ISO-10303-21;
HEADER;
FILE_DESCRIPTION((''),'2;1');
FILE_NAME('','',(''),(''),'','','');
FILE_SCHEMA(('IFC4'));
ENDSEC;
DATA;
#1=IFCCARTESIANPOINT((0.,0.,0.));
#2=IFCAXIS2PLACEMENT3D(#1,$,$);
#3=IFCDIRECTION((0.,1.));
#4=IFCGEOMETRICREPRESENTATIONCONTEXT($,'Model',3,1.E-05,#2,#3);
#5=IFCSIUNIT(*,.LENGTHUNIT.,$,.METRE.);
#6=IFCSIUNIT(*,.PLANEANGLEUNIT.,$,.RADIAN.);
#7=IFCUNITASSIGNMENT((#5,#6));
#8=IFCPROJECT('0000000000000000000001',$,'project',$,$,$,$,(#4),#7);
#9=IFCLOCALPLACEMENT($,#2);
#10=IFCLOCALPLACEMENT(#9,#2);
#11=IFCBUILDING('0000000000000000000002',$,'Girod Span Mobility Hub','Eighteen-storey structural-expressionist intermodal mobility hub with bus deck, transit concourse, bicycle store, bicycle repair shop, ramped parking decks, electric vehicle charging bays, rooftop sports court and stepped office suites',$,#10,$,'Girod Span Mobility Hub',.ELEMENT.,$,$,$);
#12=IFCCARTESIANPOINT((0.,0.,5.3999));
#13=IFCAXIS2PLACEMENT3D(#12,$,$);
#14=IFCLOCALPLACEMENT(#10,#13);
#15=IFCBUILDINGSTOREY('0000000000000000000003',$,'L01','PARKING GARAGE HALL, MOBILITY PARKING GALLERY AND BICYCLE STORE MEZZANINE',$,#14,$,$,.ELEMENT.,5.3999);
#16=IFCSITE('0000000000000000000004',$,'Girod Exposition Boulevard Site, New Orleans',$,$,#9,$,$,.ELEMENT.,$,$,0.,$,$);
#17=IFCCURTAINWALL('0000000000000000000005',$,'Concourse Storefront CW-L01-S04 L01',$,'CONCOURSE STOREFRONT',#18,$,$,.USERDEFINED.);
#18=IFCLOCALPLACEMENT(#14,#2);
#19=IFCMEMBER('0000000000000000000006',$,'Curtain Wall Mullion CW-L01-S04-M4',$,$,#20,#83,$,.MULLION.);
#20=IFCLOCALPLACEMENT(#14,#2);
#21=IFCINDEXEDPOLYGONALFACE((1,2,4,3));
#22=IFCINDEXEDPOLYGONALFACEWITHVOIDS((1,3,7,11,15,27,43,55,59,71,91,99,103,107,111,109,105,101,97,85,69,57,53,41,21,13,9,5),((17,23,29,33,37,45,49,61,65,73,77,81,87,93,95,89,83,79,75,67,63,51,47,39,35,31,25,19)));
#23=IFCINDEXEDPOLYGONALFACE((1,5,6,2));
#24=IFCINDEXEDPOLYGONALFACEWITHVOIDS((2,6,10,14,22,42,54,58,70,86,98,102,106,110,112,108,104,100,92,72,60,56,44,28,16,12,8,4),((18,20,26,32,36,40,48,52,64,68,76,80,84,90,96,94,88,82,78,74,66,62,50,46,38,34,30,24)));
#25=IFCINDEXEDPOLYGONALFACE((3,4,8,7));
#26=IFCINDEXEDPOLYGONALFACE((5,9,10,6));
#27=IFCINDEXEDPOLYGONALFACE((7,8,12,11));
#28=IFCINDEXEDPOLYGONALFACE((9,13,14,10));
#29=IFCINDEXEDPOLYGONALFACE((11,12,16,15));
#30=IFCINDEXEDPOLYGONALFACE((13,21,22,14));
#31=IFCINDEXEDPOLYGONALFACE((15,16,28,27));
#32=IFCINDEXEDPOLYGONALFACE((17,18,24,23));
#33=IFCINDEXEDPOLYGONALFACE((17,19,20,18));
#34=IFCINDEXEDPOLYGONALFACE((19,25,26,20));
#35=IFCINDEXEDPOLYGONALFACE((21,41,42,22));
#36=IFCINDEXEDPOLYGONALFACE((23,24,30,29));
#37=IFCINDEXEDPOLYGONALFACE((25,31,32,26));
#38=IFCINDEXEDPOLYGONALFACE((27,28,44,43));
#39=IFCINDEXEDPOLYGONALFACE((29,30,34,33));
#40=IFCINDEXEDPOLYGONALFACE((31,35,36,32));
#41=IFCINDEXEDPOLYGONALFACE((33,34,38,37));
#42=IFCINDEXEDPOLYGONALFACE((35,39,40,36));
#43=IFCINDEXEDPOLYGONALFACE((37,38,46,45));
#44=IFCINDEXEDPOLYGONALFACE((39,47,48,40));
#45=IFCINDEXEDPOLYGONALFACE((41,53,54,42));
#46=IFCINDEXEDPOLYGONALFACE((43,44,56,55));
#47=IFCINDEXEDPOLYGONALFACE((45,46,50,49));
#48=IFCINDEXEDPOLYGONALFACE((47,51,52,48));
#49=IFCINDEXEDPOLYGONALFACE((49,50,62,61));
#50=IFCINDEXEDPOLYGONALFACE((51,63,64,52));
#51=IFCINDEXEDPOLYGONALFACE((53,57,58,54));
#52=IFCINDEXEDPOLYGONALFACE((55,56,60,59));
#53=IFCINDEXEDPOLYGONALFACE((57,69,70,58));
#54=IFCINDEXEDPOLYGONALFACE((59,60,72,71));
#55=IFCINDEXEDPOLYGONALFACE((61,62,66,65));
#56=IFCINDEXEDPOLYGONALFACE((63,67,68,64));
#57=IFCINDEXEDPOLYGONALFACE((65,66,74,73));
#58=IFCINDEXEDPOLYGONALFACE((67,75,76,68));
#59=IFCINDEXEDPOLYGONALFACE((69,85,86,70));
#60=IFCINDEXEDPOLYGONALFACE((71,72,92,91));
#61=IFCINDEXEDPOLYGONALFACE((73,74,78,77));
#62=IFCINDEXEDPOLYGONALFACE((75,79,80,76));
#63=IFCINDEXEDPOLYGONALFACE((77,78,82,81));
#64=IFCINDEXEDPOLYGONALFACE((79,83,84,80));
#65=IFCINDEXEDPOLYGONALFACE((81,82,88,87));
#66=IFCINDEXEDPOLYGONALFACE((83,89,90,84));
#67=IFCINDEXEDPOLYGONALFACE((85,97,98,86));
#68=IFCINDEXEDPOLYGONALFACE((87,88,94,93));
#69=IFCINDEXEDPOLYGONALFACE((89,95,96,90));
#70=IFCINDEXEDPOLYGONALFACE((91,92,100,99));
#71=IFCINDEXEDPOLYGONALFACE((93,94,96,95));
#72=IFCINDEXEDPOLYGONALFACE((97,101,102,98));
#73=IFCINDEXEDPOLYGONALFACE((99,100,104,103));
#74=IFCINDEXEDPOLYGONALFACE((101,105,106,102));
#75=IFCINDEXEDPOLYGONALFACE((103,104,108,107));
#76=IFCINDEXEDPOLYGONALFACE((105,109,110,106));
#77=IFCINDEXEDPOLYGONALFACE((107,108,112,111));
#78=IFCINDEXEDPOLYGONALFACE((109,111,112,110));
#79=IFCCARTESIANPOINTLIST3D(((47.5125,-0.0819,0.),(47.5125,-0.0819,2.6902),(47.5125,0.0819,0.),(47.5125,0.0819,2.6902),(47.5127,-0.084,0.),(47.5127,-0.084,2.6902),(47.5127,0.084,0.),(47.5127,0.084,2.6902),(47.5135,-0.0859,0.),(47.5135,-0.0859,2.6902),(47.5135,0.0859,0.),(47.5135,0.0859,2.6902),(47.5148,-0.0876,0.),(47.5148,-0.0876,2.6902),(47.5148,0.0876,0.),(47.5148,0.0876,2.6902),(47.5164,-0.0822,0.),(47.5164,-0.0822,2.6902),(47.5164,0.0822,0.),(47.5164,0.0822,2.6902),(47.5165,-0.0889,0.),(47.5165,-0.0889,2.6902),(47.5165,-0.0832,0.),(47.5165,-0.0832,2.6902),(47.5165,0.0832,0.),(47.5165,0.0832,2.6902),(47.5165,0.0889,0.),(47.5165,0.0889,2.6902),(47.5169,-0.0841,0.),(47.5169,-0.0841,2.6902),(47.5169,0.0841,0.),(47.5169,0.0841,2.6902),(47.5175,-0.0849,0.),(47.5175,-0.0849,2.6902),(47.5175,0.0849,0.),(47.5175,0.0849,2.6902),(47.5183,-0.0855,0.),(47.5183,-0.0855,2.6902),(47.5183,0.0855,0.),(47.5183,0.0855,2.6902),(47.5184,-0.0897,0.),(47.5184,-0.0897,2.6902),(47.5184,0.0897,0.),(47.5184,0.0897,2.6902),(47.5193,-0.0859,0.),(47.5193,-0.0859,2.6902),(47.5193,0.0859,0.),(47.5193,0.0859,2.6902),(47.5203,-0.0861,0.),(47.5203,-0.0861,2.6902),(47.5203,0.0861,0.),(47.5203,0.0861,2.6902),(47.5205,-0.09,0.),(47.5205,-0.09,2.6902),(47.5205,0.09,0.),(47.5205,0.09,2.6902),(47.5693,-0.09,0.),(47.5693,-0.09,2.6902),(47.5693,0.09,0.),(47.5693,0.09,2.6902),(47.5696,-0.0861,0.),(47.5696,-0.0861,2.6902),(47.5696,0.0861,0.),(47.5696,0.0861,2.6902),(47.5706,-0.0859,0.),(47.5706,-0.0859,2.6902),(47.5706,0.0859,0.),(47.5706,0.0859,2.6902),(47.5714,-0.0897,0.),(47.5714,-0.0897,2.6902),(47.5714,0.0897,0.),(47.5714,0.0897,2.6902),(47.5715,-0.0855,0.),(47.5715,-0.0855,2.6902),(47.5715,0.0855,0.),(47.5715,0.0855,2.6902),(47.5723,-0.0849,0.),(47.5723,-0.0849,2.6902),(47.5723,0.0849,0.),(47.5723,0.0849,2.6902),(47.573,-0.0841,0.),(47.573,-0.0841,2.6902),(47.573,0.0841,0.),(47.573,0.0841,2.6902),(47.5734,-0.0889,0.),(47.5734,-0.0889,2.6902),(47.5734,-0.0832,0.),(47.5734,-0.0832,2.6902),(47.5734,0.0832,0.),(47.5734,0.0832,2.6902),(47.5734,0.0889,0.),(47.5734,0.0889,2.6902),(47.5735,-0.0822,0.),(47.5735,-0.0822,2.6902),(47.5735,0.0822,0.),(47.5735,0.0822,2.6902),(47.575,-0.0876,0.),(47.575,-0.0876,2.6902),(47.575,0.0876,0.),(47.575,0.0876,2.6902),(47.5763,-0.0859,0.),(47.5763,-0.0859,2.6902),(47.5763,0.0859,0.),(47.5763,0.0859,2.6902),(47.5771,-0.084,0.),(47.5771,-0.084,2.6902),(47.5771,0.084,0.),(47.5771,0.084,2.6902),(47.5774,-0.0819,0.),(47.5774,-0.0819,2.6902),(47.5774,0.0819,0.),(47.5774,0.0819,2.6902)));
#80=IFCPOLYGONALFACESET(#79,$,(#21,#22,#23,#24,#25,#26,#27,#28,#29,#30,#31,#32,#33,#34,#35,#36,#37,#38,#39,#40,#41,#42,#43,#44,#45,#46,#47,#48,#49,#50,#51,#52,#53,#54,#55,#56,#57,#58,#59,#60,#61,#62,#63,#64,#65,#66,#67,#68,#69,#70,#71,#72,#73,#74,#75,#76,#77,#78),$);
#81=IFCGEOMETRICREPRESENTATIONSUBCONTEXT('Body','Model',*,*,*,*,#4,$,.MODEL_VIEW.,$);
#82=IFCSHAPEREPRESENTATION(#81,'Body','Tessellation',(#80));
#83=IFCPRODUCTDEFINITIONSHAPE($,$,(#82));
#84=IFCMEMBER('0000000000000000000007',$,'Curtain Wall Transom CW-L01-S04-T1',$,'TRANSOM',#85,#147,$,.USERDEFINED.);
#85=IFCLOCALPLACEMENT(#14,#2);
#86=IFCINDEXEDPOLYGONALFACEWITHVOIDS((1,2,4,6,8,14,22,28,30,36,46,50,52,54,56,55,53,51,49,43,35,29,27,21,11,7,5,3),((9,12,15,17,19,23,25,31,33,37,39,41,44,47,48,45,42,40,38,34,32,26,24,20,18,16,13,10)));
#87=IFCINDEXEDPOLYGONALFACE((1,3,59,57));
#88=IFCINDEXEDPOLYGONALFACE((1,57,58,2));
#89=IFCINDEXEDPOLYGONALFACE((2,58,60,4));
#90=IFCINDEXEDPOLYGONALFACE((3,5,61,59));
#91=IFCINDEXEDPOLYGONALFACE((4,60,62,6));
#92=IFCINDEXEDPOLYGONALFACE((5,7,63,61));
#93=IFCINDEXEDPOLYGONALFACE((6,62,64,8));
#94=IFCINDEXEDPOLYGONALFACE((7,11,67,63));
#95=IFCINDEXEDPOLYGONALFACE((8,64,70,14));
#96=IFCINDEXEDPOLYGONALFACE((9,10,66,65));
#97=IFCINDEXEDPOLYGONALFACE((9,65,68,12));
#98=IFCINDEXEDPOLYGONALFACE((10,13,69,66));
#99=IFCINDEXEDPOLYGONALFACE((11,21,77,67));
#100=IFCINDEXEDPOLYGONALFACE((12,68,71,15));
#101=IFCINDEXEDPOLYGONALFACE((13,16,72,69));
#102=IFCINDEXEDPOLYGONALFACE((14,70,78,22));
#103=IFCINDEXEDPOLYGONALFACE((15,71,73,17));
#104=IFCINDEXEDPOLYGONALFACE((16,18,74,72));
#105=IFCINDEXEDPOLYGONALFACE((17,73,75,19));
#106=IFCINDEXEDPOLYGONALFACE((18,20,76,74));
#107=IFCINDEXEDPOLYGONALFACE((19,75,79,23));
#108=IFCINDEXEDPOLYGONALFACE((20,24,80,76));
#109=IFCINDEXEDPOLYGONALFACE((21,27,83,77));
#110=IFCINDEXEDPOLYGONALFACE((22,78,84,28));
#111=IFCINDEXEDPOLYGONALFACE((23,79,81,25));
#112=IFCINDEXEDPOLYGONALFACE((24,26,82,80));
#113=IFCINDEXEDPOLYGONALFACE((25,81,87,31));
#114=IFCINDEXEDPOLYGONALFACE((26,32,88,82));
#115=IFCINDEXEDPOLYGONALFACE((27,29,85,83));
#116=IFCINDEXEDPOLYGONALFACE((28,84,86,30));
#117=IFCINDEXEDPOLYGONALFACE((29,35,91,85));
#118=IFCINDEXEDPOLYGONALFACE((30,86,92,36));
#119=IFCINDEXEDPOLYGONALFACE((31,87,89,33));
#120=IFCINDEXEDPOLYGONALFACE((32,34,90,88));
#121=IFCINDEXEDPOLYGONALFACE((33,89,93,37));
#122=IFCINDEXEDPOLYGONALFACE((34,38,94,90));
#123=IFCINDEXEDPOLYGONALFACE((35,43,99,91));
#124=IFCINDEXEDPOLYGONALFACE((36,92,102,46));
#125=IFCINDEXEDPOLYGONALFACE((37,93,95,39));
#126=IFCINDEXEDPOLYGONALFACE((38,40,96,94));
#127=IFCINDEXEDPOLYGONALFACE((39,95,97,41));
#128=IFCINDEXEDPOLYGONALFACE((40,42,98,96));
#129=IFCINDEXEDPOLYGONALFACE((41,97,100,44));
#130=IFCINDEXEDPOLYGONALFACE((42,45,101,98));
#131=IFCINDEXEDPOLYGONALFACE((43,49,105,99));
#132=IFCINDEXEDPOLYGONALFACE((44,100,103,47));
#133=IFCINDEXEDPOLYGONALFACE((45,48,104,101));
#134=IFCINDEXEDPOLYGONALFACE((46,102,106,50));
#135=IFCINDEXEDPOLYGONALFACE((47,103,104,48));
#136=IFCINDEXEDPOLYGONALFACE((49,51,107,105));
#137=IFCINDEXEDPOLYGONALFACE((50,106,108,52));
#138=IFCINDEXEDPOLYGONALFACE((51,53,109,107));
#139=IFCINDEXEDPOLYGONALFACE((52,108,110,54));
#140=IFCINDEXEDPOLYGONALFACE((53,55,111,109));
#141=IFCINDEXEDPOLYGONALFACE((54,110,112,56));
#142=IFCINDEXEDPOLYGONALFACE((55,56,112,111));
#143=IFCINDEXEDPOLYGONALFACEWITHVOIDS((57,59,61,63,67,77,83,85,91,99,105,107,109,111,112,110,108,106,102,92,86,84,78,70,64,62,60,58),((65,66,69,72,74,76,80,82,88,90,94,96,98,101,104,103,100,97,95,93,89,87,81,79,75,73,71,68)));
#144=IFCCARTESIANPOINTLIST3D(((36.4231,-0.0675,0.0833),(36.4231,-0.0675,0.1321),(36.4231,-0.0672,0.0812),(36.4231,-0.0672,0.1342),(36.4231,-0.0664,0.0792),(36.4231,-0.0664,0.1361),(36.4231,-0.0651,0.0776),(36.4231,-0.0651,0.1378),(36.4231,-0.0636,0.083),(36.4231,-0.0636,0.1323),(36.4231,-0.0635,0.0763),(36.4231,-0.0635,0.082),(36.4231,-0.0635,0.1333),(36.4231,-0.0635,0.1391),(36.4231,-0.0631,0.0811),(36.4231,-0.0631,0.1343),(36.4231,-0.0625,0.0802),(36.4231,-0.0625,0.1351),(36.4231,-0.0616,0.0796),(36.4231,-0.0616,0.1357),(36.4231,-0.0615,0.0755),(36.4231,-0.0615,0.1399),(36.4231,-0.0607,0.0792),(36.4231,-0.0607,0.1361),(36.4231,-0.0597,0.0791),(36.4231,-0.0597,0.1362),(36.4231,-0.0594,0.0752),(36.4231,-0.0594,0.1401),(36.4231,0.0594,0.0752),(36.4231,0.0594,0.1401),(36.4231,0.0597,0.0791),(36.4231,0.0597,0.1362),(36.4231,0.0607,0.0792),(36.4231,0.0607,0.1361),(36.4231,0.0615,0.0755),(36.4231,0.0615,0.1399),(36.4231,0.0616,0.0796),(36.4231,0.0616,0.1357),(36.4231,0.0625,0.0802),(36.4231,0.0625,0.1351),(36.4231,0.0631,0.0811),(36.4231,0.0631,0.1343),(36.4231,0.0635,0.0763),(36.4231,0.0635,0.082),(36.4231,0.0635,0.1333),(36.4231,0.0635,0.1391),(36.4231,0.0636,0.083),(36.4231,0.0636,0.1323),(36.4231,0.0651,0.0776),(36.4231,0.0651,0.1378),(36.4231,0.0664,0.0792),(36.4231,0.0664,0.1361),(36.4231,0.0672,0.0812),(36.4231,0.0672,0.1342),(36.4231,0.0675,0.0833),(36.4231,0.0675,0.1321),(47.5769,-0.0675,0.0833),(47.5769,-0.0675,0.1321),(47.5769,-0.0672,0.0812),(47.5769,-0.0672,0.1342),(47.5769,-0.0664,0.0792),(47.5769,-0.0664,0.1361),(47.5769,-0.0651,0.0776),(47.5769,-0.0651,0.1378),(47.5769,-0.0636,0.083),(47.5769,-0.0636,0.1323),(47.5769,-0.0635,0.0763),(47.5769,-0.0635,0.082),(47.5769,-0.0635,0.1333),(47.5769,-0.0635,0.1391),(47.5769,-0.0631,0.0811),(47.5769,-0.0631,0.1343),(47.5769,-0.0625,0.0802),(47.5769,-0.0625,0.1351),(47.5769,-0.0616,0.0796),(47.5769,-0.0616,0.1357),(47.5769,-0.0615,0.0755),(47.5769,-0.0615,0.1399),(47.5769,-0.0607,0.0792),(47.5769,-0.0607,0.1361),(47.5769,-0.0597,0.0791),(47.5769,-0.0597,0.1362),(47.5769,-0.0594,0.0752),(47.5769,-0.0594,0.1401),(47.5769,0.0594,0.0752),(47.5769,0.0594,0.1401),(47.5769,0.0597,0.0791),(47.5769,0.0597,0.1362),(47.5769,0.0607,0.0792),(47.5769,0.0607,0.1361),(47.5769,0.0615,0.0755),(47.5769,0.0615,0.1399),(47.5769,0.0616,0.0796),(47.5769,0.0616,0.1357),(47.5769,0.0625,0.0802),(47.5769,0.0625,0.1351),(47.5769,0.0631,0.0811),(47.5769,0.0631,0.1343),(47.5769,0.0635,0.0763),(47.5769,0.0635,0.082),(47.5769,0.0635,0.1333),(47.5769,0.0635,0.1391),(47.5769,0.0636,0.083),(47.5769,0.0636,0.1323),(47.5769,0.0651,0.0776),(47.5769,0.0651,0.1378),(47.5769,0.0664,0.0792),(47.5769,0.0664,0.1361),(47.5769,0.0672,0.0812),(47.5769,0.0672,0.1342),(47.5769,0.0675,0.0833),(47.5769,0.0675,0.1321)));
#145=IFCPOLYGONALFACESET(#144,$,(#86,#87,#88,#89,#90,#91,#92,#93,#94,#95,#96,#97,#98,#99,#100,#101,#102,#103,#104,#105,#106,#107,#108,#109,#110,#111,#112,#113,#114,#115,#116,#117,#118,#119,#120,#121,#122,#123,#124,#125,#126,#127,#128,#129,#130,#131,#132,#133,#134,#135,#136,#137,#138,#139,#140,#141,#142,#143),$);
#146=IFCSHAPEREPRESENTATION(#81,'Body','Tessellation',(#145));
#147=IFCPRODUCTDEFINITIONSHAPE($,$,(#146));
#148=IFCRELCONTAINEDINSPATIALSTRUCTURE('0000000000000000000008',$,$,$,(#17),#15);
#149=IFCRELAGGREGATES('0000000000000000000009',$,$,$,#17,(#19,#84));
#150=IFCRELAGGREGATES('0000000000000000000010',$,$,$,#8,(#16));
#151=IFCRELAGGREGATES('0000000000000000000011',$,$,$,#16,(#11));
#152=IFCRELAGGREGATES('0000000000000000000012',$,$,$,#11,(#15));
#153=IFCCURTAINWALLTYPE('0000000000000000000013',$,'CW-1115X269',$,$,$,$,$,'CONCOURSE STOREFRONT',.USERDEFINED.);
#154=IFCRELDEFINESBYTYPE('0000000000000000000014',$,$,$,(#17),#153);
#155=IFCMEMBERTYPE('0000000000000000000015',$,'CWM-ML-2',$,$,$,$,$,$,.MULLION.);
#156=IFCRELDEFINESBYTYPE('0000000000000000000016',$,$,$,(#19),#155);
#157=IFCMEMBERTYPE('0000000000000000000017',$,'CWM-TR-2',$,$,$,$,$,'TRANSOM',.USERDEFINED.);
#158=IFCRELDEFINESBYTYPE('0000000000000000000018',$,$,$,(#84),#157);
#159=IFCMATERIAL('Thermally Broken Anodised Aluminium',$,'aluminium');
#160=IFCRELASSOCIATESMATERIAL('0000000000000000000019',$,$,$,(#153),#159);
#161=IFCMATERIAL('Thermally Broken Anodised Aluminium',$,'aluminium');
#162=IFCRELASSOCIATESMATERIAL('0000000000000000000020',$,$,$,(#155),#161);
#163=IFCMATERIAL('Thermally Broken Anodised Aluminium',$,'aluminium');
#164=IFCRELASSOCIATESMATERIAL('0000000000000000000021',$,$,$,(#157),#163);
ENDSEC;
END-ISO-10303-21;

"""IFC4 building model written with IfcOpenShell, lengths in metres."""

from ifc_helpers import new_model, si_unit, direction, frame, origin, origin_2d, place, context, subcontext, project, spatial, hollow_rectangle, extrude, material, material_profile, profile_set, type_object, element, aggregate, save


model = new_model("IFC4")

# Units and contexts
model_context = context("Model", 3, precision=1e-05, world=origin(), true_north=direction((0.0, 1.0)))
body_context = subcontext(model_context, "Body", "Model", "MODEL_VIEW")
ifc_project = project(units=[si_unit("LENGTHUNIT", "METRE"), si_unit("PLANEANGLEUNIT", "RADIAN")], contexts=[model_context])

# Site, building, storey
site_placement = place(None, origin())
site = spatial("IfcSite", under=ifc_project, at=site_placement, Name="Girod Exposition Boulevard Site, New Orleans", CompositionType="ELEMENT", RefElevation=0.0)
building_placement = place(site_placement, origin())
building = spatial("IfcBuilding", under=site, at=building_placement, Name="Girod Span Mobility Hub", Description="Eighteen-storey structural-expressionist intermodal mobility hub with bus deck, transit concourse, bicycle store, bicycle repair shop, ramped parking decks, electric vehicle charging bays, rooftop sports court and stepped office suites", LongName="Girod Span Mobility Hub", CompositionType="ELEMENT")
storey_placement = place(building_placement, frame((0.0, 0.0, 5.3999)))
storey = spatial("IfcBuildingStorey", under=building, at=storey_placement, Name="L01", Description="PARKING GARAGE HALL, MOBILITY PARKING GALLERY AND BICYCLE STORE MEZZANINE", CompositionType="ELEMENT", Elevation=5.3999)

# Curtain wall, members
ifc_material_1 = material(Name="Thermally Broken Anodised Aluminium", Category="aluminium")
curtain_wall_type = type_object("IfcCurtainWallType", Name="CW-1115X269", ElementType="CONCOURSE STOREFRONT", PredefinedType="USERDEFINED", material=ifc_material_1)
curtain_wall_placement = place(storey_placement, origin())
curtain_wall = element("IfcCurtainWall", 1, at=curtain_wall_placement, inside=storey, type_object=curtain_wall_type, Name="Concourse Storefront CW-L01-S04 L01", ObjectType="CONCOURSE STOREFRONT", PredefinedType="USERDEFINED")
ifc_material_2 = material(Name="Thermally Broken Anodised Aluminium", Category="aluminium")
ifc_material_profile_1 = material_profile(ifc_material_2, hollow_rectangle(XDim=0.1799, YDim=0.0649, WallThickness=0.0039, InnerFilletRadius=0.0039, OuterFilletRadius=0.0081, at=origin_2d()), Name="CW-ML-65X180")
ifc_profile_set_1 = profile_set([ifc_material_profile_1], Name="Thermally Broken Anodised Aluminium")
member_type_1 = type_object("IfcMemberType", Name="CWM-ML-2", PredefinedType="MULLION", material=ifc_profile_set_1)
member_1_placement = place(storey_placement, frame((47.5449, 0.0, 0.0), z_axis=(0.0, 0.0, 1.0), x_axis=(0.0, 1.0, 0.0)))
member_1 = element("IfcMember", 2, at=member_1_placement, type_object=member_type_1, Name="Curtain Wall Mullion CW-L01-S04-M4", PredefinedType="MULLION", context=body_context, shape_type="SweptSolid", body=[
    extrude(hollow_rectangle(XDim=0.1799, YDim=0.0649, WallThickness=0.0039, InnerFilletRadius=0.0039, OuterFilletRadius=0.0081, at=origin_2d()), origin(), (0.0, 0.0, 1.0), 2.6902),
])
ifc_material_3 = material(Name="Thermally Broken Anodised Aluminium", Category="aluminium")
ifc_material_profile_2 = material_profile(ifc_material_3, hollow_rectangle(XDim=0.135, YDim=0.0649, WallThickness=0.0039, InnerFilletRadius=0.0039, OuterFilletRadius=0.0081, at=origin_2d()), Name="CW-TR-65X135")
ifc_profile_set_2 = profile_set([ifc_material_profile_2], Name="Thermally Broken Anodised Aluminium")
member_type_2 = type_object("IfcMemberType", Name="CWM-TR-2", ElementType="TRANSOM", PredefinedType="USERDEFINED", material=ifc_profile_set_2)
member_2_placement = place(storey_placement, frame((36.4231, 0.0, 0.1077), z_axis=(1.0, 0.0, 0.0), x_axis=(0.0, 1.0, 0.0)))
member_2 = element("IfcMember", 3, at=member_2_placement, type_object=member_type_2, Name="Curtain Wall Transom CW-L01-S04-T1", ObjectType="TRANSOM", PredefinedType="USERDEFINED", context=body_context, shape_type="SweptSolid", body=[
    extrude(hollow_rectangle(XDim=0.135, YDim=0.0649, WallThickness=0.0039, InnerFilletRadius=0.0039, OuterFilletRadius=0.0081, at=origin_2d()), origin(), (0.0, 0.0, 1.0), 11.1538),
])

aggregate(curtain_wall, [member_1, member_2])

save(model, "model.ifc")
